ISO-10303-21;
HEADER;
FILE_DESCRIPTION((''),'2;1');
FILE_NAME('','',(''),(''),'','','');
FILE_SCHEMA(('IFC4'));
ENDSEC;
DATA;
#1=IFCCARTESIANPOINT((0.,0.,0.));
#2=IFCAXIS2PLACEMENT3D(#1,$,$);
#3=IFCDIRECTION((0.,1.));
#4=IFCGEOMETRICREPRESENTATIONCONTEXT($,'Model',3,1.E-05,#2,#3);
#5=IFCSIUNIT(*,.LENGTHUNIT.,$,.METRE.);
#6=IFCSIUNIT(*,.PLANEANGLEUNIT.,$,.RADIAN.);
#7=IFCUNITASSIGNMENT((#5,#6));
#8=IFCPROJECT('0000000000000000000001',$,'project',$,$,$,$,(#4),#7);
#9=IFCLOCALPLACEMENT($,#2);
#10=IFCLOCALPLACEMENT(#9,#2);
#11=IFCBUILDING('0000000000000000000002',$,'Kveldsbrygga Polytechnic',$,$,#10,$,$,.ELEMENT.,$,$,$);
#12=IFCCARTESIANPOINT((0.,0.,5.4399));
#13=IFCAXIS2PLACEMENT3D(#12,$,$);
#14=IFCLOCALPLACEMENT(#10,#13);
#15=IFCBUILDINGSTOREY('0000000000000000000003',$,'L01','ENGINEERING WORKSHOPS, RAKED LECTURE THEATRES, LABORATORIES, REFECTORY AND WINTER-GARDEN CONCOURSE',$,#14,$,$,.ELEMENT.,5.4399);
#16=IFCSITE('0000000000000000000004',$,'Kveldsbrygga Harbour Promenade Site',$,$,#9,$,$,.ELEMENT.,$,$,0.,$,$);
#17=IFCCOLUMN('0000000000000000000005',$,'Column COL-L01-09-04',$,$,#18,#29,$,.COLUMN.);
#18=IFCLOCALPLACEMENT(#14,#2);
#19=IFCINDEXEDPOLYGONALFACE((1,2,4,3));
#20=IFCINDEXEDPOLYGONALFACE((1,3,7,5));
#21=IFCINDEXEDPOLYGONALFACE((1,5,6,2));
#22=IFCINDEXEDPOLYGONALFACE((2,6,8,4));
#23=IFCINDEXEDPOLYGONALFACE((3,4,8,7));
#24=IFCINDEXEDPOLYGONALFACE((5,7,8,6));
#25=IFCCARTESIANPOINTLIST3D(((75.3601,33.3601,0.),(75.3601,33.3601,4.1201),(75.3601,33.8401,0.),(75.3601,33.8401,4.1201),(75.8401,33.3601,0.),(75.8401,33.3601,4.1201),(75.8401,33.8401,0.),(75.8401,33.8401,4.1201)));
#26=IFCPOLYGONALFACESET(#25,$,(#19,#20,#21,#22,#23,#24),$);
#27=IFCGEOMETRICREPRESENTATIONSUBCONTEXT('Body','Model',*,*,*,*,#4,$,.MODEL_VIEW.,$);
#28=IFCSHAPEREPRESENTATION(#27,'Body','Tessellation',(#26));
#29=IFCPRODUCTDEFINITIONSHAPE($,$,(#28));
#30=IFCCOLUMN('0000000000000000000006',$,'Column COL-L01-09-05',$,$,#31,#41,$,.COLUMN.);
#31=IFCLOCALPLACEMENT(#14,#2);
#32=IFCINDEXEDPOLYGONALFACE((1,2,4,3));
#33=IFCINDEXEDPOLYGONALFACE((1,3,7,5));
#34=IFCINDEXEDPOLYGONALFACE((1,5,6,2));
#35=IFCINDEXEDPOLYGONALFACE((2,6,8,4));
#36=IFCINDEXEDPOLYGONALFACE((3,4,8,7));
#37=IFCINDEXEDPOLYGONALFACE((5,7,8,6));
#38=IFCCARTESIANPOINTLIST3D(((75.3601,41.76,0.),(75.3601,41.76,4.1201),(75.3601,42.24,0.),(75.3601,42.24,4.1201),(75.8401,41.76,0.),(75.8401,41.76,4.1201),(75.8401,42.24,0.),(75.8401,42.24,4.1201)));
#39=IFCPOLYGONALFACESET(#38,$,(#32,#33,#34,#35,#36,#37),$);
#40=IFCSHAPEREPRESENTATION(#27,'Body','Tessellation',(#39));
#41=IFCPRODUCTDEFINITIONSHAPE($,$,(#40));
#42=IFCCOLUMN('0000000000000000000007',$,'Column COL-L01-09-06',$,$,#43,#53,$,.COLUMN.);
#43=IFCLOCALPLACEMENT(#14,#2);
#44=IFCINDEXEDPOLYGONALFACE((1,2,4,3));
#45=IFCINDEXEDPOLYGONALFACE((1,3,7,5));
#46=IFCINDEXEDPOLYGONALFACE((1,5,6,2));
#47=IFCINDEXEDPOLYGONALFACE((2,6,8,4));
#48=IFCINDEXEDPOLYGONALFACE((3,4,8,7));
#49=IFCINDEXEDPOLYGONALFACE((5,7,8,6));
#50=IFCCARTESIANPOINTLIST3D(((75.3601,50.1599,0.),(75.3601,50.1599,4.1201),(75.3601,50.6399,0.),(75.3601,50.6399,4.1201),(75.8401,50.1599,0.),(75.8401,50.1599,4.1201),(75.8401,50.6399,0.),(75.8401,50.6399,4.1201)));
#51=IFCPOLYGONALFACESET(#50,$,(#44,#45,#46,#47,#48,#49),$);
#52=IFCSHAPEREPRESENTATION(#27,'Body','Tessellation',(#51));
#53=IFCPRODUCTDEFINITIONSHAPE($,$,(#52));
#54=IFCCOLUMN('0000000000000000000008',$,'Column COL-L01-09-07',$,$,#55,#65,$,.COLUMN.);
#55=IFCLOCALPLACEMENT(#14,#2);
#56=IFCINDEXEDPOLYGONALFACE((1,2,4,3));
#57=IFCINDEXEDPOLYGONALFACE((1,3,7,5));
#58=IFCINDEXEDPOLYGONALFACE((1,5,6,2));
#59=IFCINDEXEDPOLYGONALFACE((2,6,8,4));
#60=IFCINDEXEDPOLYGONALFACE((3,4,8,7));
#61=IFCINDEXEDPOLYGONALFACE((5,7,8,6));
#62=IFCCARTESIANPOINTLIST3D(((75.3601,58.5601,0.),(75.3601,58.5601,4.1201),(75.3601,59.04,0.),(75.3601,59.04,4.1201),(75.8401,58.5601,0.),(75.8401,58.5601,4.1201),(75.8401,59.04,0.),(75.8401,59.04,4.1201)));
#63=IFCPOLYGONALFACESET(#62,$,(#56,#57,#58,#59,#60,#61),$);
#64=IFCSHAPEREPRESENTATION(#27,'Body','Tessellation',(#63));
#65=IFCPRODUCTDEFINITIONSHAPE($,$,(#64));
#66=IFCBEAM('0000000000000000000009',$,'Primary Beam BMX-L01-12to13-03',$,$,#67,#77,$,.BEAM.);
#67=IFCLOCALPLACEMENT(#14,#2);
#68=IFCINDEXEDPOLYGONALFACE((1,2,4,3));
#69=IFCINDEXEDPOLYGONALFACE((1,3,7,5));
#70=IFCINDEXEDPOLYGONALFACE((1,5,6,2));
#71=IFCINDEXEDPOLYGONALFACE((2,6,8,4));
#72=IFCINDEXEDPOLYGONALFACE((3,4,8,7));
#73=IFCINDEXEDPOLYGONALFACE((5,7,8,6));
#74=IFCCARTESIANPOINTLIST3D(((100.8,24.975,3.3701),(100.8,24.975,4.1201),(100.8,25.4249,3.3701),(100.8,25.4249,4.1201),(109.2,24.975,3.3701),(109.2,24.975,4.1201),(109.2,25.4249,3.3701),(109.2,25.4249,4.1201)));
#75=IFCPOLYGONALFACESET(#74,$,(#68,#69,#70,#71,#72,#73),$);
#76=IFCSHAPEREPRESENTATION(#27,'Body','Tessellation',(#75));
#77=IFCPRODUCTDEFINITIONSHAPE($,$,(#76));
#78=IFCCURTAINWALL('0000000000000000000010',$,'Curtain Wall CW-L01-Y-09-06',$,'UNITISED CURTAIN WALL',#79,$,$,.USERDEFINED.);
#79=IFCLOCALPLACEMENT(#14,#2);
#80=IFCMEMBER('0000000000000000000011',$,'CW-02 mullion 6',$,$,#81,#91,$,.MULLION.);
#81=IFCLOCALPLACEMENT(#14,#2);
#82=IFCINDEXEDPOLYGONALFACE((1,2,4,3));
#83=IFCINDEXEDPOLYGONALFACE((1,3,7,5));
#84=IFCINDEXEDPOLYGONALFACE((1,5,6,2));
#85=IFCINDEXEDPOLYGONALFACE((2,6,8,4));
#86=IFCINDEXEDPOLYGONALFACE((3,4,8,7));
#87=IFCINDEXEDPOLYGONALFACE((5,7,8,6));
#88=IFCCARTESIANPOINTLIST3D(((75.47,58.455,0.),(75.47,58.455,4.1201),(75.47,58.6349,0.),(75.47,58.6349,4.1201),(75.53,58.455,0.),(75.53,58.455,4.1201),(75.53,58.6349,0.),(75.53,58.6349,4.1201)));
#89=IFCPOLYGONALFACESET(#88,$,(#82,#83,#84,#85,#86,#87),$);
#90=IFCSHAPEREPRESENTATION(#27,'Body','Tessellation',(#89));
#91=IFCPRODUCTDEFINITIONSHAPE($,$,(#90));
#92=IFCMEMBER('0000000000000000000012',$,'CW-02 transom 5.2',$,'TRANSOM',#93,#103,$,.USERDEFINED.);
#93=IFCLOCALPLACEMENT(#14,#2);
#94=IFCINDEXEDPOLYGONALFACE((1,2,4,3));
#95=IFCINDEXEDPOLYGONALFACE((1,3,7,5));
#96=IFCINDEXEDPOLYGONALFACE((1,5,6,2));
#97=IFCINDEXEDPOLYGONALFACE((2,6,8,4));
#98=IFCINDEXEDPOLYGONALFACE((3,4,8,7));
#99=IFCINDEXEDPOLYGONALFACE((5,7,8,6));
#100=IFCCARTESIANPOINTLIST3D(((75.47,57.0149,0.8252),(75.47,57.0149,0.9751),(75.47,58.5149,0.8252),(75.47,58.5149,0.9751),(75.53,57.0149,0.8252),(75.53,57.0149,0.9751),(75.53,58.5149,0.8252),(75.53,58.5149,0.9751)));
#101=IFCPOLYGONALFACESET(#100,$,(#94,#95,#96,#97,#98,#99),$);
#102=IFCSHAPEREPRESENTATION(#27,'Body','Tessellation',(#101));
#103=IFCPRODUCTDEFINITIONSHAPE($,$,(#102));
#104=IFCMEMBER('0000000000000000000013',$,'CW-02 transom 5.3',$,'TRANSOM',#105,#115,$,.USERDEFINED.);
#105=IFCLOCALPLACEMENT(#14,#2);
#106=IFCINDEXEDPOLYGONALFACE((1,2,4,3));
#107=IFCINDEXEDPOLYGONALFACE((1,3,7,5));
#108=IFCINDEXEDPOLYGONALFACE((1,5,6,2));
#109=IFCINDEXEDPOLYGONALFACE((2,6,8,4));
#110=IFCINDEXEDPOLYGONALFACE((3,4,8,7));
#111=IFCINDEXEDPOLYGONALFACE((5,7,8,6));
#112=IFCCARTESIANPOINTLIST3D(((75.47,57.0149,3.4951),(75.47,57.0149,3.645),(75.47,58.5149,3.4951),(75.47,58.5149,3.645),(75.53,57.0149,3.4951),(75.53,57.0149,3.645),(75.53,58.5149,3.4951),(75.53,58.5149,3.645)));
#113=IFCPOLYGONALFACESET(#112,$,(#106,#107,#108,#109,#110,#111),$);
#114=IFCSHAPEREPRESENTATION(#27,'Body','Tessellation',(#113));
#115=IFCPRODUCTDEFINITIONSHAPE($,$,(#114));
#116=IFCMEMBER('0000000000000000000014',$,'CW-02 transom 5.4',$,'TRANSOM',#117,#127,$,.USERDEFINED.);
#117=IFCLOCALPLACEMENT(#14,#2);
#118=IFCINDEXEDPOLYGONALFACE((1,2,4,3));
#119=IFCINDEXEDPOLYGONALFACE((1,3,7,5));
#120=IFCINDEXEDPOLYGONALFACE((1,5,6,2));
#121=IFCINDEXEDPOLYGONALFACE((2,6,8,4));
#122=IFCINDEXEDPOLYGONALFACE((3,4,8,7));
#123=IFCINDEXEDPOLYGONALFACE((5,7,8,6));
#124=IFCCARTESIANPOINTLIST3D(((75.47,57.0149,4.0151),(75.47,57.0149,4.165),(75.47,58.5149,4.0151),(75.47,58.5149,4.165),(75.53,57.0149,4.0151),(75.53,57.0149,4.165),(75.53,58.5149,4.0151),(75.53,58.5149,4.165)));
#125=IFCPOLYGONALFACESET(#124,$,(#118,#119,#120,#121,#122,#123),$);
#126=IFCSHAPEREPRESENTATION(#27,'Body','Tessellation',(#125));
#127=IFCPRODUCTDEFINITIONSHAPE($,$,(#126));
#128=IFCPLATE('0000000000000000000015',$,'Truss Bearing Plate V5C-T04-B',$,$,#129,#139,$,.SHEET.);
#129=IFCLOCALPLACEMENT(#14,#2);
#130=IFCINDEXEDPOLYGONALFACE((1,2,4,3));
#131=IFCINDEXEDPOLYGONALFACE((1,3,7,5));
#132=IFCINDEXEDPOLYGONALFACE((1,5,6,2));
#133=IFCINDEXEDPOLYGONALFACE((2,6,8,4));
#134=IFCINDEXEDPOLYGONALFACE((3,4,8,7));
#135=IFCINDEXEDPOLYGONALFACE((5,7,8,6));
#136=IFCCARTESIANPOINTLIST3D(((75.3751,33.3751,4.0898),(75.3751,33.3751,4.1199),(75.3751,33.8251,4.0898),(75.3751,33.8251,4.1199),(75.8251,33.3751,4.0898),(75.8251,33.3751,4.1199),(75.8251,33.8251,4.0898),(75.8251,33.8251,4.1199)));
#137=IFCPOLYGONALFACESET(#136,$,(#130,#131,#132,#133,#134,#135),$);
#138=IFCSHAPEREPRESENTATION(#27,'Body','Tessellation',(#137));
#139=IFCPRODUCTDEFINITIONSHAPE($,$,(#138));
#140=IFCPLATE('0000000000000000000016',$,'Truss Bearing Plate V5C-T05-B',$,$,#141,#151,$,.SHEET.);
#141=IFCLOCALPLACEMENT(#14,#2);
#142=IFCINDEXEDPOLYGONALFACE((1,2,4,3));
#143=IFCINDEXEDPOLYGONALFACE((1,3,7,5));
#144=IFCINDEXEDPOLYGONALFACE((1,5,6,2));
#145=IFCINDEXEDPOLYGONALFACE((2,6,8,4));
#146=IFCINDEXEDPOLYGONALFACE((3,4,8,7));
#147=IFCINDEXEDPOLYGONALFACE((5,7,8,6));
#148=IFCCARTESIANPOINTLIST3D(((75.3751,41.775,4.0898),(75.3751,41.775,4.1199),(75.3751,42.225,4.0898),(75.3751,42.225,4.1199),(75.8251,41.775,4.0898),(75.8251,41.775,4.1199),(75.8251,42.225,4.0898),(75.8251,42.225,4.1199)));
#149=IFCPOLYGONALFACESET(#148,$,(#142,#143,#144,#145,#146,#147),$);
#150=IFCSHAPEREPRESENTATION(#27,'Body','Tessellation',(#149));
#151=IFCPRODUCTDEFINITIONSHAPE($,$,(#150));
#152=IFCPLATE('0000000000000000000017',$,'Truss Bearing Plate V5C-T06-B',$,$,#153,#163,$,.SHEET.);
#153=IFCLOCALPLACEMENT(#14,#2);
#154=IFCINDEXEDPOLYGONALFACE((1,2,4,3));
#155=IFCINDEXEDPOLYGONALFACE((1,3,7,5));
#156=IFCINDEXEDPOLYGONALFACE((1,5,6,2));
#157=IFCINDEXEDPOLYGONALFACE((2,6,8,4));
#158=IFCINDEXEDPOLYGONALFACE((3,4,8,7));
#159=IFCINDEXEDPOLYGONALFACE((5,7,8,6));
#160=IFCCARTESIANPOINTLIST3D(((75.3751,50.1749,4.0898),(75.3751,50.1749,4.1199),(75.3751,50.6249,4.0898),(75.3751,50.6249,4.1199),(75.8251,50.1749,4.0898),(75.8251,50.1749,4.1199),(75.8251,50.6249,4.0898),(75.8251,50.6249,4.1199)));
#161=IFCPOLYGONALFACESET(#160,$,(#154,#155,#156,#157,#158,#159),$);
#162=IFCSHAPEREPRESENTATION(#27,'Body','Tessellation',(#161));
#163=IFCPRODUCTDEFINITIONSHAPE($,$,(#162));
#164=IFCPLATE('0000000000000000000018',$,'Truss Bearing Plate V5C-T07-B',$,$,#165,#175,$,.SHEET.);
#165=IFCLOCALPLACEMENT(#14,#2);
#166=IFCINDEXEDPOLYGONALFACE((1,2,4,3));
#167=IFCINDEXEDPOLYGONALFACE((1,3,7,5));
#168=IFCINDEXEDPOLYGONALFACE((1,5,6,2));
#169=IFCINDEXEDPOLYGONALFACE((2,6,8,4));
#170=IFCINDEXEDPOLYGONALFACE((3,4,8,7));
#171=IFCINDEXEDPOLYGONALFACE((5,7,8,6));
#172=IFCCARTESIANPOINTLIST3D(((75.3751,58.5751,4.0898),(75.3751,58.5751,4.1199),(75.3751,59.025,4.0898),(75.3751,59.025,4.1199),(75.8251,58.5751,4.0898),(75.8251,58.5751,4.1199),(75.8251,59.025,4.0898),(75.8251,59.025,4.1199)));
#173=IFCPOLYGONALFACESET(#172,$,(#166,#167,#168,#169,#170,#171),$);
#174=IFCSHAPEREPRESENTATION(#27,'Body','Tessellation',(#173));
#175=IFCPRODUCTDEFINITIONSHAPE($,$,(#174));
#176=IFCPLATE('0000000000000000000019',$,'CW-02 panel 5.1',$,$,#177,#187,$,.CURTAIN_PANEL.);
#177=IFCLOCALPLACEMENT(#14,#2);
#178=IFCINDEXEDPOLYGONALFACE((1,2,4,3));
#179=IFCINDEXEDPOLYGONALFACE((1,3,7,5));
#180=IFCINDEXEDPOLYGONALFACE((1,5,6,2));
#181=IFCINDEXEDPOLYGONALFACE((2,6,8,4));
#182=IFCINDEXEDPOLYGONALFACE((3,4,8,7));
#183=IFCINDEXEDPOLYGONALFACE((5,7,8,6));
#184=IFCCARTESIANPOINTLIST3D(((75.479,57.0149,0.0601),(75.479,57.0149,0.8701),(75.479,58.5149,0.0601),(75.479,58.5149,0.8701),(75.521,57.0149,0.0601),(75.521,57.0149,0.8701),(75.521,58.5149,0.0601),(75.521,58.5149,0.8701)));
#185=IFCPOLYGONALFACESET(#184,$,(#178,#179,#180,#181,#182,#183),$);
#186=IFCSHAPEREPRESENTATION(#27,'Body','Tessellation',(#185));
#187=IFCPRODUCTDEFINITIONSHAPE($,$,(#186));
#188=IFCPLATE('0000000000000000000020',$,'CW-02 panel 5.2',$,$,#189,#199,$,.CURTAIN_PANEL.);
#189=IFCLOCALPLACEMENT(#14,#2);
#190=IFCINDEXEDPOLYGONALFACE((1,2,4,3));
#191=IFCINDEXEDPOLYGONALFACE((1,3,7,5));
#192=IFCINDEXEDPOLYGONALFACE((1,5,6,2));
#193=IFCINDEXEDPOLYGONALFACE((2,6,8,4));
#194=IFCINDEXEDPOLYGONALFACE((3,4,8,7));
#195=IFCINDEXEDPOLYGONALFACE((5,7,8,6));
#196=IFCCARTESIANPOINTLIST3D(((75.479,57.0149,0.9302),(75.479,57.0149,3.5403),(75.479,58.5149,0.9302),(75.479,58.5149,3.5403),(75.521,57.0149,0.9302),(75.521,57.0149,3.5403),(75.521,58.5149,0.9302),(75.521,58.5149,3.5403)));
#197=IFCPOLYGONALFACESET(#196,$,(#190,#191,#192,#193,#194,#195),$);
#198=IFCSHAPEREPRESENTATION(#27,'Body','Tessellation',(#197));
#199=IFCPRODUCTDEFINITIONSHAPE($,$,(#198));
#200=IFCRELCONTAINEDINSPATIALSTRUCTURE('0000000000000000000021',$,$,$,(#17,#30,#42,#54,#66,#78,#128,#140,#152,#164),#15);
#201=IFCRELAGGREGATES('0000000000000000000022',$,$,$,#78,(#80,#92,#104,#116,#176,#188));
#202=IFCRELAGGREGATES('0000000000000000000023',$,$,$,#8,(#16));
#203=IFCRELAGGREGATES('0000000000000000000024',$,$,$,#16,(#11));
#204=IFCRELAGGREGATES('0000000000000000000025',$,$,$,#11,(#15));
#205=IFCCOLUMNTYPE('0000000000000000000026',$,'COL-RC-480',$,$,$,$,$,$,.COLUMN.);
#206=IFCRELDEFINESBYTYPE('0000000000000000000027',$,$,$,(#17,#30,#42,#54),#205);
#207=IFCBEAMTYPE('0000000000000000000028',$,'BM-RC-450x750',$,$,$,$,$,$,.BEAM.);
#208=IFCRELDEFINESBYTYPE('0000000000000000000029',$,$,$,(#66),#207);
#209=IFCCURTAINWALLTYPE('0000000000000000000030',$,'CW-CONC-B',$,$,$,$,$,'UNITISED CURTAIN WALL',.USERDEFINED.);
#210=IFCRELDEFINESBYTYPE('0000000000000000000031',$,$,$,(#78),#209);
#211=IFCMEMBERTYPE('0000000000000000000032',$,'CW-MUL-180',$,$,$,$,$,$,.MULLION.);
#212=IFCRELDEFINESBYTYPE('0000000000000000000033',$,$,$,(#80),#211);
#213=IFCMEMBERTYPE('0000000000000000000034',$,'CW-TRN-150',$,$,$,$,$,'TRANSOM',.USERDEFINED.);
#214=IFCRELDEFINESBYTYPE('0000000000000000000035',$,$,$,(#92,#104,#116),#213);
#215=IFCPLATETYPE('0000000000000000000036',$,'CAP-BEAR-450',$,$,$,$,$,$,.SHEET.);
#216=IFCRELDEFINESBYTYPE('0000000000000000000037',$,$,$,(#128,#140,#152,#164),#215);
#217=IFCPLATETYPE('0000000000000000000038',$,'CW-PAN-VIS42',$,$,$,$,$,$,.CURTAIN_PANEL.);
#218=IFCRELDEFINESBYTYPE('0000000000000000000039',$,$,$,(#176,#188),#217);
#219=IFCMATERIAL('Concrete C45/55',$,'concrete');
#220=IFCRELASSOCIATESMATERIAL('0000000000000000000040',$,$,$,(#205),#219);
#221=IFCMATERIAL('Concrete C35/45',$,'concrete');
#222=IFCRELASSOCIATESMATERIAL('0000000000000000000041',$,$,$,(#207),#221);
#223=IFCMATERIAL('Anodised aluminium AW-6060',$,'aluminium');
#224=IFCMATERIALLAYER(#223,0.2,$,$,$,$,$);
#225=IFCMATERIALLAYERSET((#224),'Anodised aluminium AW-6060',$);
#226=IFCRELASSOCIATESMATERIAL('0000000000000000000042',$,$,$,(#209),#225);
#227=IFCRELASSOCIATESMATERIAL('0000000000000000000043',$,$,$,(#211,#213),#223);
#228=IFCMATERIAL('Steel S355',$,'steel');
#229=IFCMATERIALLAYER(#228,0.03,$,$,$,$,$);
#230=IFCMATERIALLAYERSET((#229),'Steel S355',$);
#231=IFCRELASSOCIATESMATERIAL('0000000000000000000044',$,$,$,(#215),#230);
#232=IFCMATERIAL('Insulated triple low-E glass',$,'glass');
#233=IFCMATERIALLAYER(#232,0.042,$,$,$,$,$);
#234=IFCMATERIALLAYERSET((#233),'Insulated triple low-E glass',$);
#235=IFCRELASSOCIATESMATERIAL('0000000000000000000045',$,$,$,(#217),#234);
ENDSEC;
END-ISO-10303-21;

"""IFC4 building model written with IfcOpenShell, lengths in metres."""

from ifc_helpers import new_model, si_unit, direction, frame, origin, origin_2d, place, context, subcontext, project, spatial, rectangle, extrude, material, layer, layer_set, material_profile, profile_set, type_object, element, aggregate, save


model = new_model("IFC4")

# Units and contexts
model_context = context("Model", 3, precision=1e-05, world=origin(), true_north=direction((0.0, 1.0)))
body_context = subcontext(model_context, "Body", "Model", "MODEL_VIEW")
ifc_project = project(units=[si_unit("LENGTHUNIT", "METRE"), si_unit("PLANEANGLEUNIT", "RADIAN")], contexts=[model_context])

# Site, building, storey
site_placement = place(None, origin())
site = spatial("IfcSite", under=ifc_project, at=site_placement, Name="Kveldsbrygga Harbour Promenade Site", CompositionType="ELEMENT", RefElevation=0.0)
building_placement = place(site_placement, origin())
building = spatial("IfcBuilding", under=site, at=building_placement, Name="Kveldsbrygga Polytechnic", CompositionType="ELEMENT")
storey_placement = place(building_placement, frame((0.0, 0.0, 5.4399)))
storey = spatial("IfcBuildingStorey", under=building, at=storey_placement, Name="L01", Description="ENGINEERING WORKSHOPS, RAKED LECTURE THEATRES, LABORATORIES, REFECTORY AND WINTER-GARDEN CONCOURSE", CompositionType="ELEMENT", Elevation=5.4399)

# Columns
ifc_material_1 = material(Name="Concrete C45/55", Category="concrete")
ifc_material_profile_1 = material_profile(ifc_material_1, rectangle(XDim=0.48, YDim=0.48, at=origin_2d()), Name="RC 480x480")
ifc_profile_set_1 = profile_set([ifc_material_profile_1], Name="Concrete C45/55")
column_type = type_object("IfcColumnType", Name="COL-RC-480", PredefinedType="COLUMN", material=ifc_profile_set_1)
for number, where, z_axis, x_axis, name in (
    (1, (75.6001, 33.6001, 0.0), (0.0, 0.0, 1.0), (1.0, 0.0, 0.0), "Column COL-L01-09-04"),
    (2, (75.6001, 42.0, 0.0), (0.0, 0.0, 1.0), (1.0, 0.0, 0.0), "Column COL-L01-09-05"),
    (3, (75.6001, 50.3999, 0.0), (0.0, 0.0, 1.0), (1.0, 0.0, 0.0), "Column COL-L01-09-06"),
    (4, (75.6001, 58.8, 0.0), (0.0, 0.0, 1.0), (1.0, 0.0, 0.0), "Column COL-L01-09-07"),
):
    element("IfcColumn", number, at=place(storey_placement, frame(where, z_axis=z_axis, x_axis=x_axis)), inside=storey, type_object=column_type, Name=name, PredefinedType="COLUMN", context=body_context, shape_type="SweptSolid", body=[
        extrude(rectangle(XDim=0.48, YDim=0.48, at=origin_2d()), origin(), (0.0, 0.0, 1.0), 4.1201),
    ])

# Beam
ifc_material_2 = material(Name="Concrete C35/45", Category="concrete")
ifc_material_profile_2 = material_profile(ifc_material_2, rectangle(XDim=0.45, YDim=0.75, at=origin_2d()), Name="RC 450x750")
ifc_profile_set_2 = profile_set([ifc_material_profile_2], Name="Concrete C35/45")
beam_type = type_object("IfcBeamType", Name="BM-RC-450x750", PredefinedType="BEAM", material=ifc_profile_set_2)
beam_placement = place(storey_placement, frame((100.8, 25.2, 3.7451), z_axis=(1.0, 0.0, 0.0), x_axis=(0.0, 1.0, 0.0)))
element("IfcBeam", 5, at=beam_placement, inside=storey, type_object=beam_type, Name="Primary Beam BMX-L01-12to13-03", PredefinedType="BEAM", context=body_context, shape_type="SweptSolid", body=[
    extrude(rectangle(XDim=0.45, YDim=0.75, at=origin_2d()), origin(), (0.0, 0.0, 1.0), 8.3999),
])

# Curtain wall, members
ifc_material_3 = material(Name="Anodised aluminium AW-6060", Category="aluminium")
ifc_layer_1 = layer(ifc_material_3, 0.2)
ifc_layer_set_1 = layer_set([ifc_layer_1], Name="Anodised aluminium AW-6060")
curtain_wall_type = type_object("IfcCurtainWallType", Name="CW-CONC-B", ElementType="UNITISED CURTAIN WALL", PredefinedType="USERDEFINED", material=ifc_layer_set_1)
curtain_wall_placement = place(storey_placement, origin())
curtain_wall = element("IfcCurtainWall", 6, at=curtain_wall_placement, inside=storey, type_object=curtain_wall_type, Name="Curtain Wall CW-L01-Y-09-06", ObjectType="UNITISED CURTAIN WALL", PredefinedType="USERDEFINED")
ifc_material_profile_3 = material_profile(ifc_material_3, rectangle(XDim=0.0601, YDim=0.1799, at=origin_2d()), Name="ALU 60x180")
ifc_profile_set_3 = profile_set([ifc_material_profile_3], Name="Anodised aluminium AW-6060")
member_type_1 = type_object("IfcMemberType", Name="CW-MUL-180", PredefinedType="MULLION", material=ifc_profile_set_3)
member_1_placement = place(storey_placement, frame((75.5, 58.5449, 0.0), z_axis=(0.0, 0.0, 1.0), x_axis=(-1.0, 0.0, 0.0)))
member_1 = element("IfcMember", 7, at=member_1_placement, type_object=member_type_1, Name="CW-02 mullion 6", PredefinedType="MULLION", context=body_context, shape_type="SweptSolid", body=[
    extrude(rectangle(XDim=0.0601, YDim=0.1799, at=origin_2d()), origin(), (0.0, 0.0, 1.0), 4.1201),
])
ifc_material_profile_4 = material_profile(ifc_material_3, rectangle(XDim=0.0601, YDim=0.1499, at=origin_2d()), Name="ALU 60x150")
ifc_profile_set_4 = profile_set([ifc_material_profile_4], Name="Anodised aluminium AW-6060")
member_type_2 = type_object("IfcMemberType", Name="CW-TRN-150", ElementType="TRANSOM", PredefinedType="USERDEFINED", material=ifc_profile_set_4)
member_2_placement = place(storey_placement, frame((75.5, 57.0149, 0.9001), z_axis=(0.0, 1.0, 0.0), x_axis=(-1.0, 0.0, 0.0)))
member_2 = element("IfcMember", 8, at=member_2_placement, type_object=member_type_2, Name="CW-02 transom 5.2", ObjectType="TRANSOM", PredefinedType="USERDEFINED", context=body_context, shape_type="SweptSolid", body=[
    extrude(rectangle(XDim=0.0601, YDim=0.1499, at=origin_2d()), origin(), (0.0, 0.0, 1.0), 1.5),
])
member_3_placement = place(storey_placement, frame((75.5, 57.0149, 3.5701), z_axis=(0.0, 1.0, 0.0), x_axis=(-1.0, 0.0, 0.0)))
member_3 = element("IfcMember", 9, at=member_3_placement, type_object=member_type_2, Name="CW-02 transom 5.3", ObjectType="TRANSOM", PredefinedType="USERDEFINED", context=body_context, shape_type="SweptSolid", body=[
    extrude(rectangle(XDim=0.0601, YDim=0.1499, at=origin_2d()), origin(), (0.0, 0.0, 1.0), 1.5),
])
member_4_placement = place(storey_placement, frame((75.5, 57.0149, 4.0901), z_axis=(0.0, 1.0, 0.0), x_axis=(-1.0, 0.0, 0.0)))
member_4 = element("IfcMember", 10, at=member_4_placement, type_object=member_type_2, Name="CW-02 transom 5.4", ObjectType="TRANSOM", PredefinedType="USERDEFINED", context=body_context, shape_type="SweptSolid", body=[
    extrude(rectangle(XDim=0.0601, YDim=0.1499, at=origin_2d()), origin(), (0.0, 0.0, 1.0), 1.5),
])

# Plates
ifc_material_4 = material(Name="Steel S355", Category="steel")
ifc_layer_2 = layer(ifc_material_4, 0.03)
ifc_layer_set_2 = layer_set([ifc_layer_2], Name="Steel S355")
plate_type_1 = type_object("IfcPlateType", Name="CAP-BEAR-450", PredefinedType="SHEET", material=ifc_layer_set_2)
for number, where, z_axis, x_axis, name in (
    (11, (75.6001, 33.6001, 4.0898), (0.0, 0.0, 1.0), (1.0, 0.0, 0.0), "Truss Bearing Plate V5C-T04-B"),
    (12, (75.6001, 42.0, 4.0898), (0.0, 0.0, 1.0), (1.0, 0.0, 0.0), "Truss Bearing Plate V5C-T05-B"),
    (13, (75.6001, 50.3999, 4.0898), (0.0, 0.0, 1.0), (1.0, 0.0, 0.0), "Truss Bearing Plate V5C-T06-B"),
    (14, (75.6001, 58.8, 4.0898), (0.0, 0.0, 1.0), (1.0, 0.0, 0.0), "Truss Bearing Plate V5C-T07-B"),
):
    element("IfcPlate", number, at=place(storey_placement, frame(where, z_axis=z_axis, x_axis=x_axis)), inside=storey, type_object=plate_type_1, Name=name, PredefinedType="SHEET", context=body_context, shape_type="SweptSolid", body=[
        extrude(rectangle(XDim=0.45, YDim=0.45, at=origin_2d()), origin(), (0.0, 0.0, 1.0), 0.03),
    ])

# Plates
ifc_material_5 = material(Name="Insulated triple low-E glass", Category="glass")
ifc_layer_3 = layer(ifc_material_5, 0.042)
ifc_layer_set_3 = layer_set([ifc_layer_3], Name="Insulated triple low-E glass")
plate_type_2 = type_object("IfcPlateType", Name="CW-PAN-VIS42", PredefinedType="CURTAIN_PANEL", material=ifc_layer_set_3)
plate_1_placement = place(storey_placement, frame((75.5, 57.7649, 0.0601), z_axis=(0.0, 0.0, 1.0), x_axis=(0.0, 1.0, 0.0)))
plate_1 = element("IfcPlate", 15, at=plate_1_placement, type_object=plate_type_2, Name="CW-02 panel 5.1", PredefinedType="CURTAIN_PANEL", context=body_context, shape_type="SweptSolid", body=[
    extrude(rectangle(XDim=1.5, YDim=0.042, at=origin_2d()), origin(), (0.0, 0.0, 1.0), 0.8101),
])
plate_2_placement = place(storey_placement, frame((75.5, 57.7649, 0.9302), z_axis=(0.0, 0.0, 1.0), x_axis=(0.0, 1.0, 0.0)))
plate_2 = element("IfcPlate", 16, at=plate_2_placement, type_object=plate_type_2, Name="CW-02 panel 5.2", PredefinedType="CURTAIN_PANEL", context=body_context, shape_type="SweptSolid", body=[
    extrude(rectangle(XDim=1.5, YDim=0.042, at=origin_2d()), origin(), (0.0, 0.0, 1.0), 2.6101),
])
aggregate(curtain_wall, [member_1, member_2, member_3, member_4, plate_1, plate_2])

save(model, "model.ifc")
